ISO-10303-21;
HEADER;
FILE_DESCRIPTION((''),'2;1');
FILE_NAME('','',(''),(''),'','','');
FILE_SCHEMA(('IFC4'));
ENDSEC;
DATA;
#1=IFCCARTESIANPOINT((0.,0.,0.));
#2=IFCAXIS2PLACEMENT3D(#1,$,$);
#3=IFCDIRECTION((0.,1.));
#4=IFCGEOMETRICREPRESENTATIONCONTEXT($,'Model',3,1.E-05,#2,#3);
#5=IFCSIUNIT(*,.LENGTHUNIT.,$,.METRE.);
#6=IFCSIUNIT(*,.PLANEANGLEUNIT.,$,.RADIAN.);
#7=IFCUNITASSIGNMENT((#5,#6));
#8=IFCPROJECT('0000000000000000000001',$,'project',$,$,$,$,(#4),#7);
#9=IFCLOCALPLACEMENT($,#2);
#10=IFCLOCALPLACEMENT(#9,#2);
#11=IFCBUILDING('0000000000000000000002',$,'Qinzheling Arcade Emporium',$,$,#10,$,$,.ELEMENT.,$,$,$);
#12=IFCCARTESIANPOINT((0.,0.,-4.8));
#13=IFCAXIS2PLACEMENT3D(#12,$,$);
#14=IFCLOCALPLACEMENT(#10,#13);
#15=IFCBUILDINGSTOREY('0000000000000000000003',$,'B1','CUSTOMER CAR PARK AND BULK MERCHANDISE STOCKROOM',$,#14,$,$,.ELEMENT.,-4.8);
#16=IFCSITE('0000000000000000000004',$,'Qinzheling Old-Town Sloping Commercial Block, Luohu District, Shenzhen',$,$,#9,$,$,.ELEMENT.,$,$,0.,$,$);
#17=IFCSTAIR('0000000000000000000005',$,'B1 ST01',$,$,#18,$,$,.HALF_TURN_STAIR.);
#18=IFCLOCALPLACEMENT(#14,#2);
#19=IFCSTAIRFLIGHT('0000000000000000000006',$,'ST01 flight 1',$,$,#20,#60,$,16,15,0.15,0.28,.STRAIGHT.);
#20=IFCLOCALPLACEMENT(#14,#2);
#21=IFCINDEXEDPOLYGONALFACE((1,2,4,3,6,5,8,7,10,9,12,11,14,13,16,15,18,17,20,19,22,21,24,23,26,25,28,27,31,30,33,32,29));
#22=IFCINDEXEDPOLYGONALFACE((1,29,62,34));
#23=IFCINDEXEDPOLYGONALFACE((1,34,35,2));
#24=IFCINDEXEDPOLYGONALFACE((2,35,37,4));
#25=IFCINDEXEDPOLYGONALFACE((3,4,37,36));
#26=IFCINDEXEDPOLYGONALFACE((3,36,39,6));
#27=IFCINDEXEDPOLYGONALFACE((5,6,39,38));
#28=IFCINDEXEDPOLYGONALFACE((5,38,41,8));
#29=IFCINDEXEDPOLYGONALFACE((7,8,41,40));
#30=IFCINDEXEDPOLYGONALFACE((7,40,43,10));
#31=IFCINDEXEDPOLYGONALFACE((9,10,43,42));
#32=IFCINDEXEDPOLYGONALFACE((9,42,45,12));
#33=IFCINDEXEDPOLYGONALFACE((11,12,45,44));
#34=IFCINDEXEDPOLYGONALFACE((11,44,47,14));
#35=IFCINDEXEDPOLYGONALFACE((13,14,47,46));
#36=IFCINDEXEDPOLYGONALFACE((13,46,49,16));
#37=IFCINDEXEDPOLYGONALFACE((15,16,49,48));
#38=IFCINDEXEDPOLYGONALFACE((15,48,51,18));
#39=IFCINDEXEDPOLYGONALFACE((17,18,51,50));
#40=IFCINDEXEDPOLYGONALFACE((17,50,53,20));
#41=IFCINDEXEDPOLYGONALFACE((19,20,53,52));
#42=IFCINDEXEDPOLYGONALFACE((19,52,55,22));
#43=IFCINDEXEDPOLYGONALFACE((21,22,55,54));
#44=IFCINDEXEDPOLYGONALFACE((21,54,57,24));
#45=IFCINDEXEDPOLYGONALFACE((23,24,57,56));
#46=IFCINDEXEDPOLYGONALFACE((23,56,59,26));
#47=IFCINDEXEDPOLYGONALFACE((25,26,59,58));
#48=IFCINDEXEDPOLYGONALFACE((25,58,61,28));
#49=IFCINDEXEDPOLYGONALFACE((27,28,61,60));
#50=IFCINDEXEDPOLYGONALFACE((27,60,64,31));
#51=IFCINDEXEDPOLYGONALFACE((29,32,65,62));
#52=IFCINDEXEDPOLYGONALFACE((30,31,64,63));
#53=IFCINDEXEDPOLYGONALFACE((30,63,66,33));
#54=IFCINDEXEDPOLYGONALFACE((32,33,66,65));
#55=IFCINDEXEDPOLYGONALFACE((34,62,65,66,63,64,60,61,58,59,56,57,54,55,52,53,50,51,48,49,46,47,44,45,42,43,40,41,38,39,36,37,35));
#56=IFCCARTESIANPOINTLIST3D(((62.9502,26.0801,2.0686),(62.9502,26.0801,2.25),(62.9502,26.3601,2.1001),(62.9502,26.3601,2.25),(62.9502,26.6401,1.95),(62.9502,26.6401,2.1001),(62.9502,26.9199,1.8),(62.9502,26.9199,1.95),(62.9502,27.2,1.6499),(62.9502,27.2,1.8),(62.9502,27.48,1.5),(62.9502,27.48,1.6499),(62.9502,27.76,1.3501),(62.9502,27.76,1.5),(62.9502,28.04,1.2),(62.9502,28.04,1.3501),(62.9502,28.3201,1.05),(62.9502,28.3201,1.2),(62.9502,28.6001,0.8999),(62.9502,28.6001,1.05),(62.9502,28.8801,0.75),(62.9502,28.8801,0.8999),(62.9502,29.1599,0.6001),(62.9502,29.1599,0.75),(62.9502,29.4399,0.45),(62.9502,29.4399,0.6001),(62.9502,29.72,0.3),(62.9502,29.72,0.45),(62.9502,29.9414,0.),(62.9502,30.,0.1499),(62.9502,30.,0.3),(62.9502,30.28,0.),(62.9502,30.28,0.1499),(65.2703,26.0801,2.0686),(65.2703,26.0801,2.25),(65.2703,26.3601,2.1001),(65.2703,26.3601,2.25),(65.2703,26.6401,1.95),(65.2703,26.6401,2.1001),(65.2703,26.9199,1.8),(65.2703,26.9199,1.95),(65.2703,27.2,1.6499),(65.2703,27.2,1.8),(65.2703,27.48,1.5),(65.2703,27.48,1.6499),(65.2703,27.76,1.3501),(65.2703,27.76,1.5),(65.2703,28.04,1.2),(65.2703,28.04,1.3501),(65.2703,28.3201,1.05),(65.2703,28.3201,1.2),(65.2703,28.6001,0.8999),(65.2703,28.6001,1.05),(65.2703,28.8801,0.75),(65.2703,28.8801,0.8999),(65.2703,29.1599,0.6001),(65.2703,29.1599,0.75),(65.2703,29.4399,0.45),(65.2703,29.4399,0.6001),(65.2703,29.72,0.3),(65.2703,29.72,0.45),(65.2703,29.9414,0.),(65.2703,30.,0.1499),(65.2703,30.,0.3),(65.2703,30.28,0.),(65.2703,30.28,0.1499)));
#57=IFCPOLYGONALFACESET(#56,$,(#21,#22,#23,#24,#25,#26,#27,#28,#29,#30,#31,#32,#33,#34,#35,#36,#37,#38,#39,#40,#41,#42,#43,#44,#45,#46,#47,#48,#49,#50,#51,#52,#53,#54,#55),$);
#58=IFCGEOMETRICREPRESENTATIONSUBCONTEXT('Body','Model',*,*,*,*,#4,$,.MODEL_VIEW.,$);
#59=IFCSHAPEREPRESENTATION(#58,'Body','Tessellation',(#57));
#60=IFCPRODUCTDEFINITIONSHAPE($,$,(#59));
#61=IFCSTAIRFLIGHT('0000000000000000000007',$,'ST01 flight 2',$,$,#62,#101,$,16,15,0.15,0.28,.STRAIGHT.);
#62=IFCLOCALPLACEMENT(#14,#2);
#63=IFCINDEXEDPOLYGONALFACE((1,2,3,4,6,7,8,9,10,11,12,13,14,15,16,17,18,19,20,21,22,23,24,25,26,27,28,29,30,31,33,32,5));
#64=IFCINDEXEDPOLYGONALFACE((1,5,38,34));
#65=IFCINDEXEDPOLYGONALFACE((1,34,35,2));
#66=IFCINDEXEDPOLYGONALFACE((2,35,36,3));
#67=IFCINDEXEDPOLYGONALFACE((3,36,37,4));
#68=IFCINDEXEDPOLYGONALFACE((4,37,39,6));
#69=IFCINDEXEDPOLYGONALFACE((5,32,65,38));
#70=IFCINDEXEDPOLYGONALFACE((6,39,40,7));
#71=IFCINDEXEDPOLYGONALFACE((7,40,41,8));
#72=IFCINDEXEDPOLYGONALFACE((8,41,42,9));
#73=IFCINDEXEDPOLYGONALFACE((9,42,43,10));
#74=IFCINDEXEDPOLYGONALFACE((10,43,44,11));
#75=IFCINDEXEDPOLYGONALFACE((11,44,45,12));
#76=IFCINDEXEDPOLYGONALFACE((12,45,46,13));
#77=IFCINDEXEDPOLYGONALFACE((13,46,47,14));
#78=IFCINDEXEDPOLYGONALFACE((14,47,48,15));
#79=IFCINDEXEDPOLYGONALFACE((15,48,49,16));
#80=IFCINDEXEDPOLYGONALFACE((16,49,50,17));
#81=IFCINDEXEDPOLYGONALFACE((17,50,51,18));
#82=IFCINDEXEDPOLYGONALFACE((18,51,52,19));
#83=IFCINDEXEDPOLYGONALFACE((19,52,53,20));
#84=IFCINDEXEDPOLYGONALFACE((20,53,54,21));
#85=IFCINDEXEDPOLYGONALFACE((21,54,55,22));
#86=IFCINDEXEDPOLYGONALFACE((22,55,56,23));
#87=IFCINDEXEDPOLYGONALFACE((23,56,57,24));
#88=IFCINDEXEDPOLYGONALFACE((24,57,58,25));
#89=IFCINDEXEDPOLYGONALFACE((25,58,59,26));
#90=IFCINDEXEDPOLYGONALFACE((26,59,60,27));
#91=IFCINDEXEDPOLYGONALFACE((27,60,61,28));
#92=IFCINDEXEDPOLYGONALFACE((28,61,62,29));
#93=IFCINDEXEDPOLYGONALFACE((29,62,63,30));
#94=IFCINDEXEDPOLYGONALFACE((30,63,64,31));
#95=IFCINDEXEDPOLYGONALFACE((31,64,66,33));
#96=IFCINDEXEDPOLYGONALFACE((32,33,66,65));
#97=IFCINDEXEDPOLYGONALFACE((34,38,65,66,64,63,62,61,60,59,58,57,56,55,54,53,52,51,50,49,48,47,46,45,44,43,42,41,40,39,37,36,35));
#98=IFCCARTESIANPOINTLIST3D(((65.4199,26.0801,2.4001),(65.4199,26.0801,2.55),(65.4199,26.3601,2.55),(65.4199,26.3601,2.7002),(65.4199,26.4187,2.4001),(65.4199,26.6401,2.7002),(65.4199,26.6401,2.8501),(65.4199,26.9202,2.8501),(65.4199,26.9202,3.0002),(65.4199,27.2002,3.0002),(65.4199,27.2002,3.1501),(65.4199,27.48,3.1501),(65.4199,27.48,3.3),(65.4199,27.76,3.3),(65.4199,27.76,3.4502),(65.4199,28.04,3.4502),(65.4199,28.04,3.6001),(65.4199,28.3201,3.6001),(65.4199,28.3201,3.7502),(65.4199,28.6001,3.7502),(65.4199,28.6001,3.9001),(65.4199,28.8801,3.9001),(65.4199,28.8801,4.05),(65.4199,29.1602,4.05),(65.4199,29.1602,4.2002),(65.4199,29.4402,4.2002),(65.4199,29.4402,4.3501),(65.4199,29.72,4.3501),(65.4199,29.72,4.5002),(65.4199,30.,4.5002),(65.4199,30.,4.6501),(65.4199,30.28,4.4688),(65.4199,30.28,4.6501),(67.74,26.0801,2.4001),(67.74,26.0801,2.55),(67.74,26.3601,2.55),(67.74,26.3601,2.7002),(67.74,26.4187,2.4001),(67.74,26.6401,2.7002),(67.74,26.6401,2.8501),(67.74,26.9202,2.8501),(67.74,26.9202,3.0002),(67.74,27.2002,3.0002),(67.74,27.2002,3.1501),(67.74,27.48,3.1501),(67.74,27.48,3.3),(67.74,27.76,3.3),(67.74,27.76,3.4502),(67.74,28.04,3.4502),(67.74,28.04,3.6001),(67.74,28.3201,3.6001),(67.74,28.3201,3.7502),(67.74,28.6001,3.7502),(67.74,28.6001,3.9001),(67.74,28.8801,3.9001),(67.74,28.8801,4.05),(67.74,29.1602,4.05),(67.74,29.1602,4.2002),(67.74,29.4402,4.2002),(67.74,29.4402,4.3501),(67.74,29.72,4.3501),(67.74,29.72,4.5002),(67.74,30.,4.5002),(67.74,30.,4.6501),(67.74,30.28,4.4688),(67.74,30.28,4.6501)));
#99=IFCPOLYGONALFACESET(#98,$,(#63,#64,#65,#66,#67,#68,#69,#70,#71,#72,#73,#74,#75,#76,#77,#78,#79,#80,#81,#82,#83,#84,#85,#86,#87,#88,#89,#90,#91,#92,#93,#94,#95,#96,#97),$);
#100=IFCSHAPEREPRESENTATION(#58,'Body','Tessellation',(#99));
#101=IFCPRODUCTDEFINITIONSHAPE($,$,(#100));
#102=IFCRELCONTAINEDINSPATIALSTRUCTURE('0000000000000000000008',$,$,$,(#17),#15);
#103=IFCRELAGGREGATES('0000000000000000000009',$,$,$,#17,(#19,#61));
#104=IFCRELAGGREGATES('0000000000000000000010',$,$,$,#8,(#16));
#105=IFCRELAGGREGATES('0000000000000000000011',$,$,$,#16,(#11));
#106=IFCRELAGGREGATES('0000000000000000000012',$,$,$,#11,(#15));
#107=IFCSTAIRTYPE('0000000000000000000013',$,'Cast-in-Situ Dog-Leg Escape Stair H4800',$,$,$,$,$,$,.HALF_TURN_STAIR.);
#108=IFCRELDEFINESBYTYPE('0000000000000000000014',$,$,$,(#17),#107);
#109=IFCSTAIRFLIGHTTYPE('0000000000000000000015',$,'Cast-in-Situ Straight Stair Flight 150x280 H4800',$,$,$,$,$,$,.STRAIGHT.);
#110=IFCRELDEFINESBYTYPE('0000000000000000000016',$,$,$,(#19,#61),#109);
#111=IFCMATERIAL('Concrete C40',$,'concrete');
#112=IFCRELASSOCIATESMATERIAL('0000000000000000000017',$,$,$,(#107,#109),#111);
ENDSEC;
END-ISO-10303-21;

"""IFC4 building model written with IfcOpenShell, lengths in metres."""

from ifc_helpers import new_model, si_unit, direction, frame, origin, place, context, subcontext, project, spatial, polyline, outline, extrude, material, type_object, element, aggregate, save


model = new_model("IFC4")

# Units and contexts
model_context = context("Model", 3, precision=1e-05, world=origin(), true_north=direction((0.0, 1.0)))
body_context = subcontext(model_context, "Body", "Model", "MODEL_VIEW")
ifc_project = project(units=[si_unit("LENGTHUNIT", "METRE"), si_unit("PLANEANGLEUNIT", "RADIAN")], contexts=[model_context])

# Site, building, storey
site_placement = place(None, origin())
site = spatial("IfcSite", under=ifc_project, at=site_placement, Name="Qinzheling Old-Town Sloping Commercial Block, Luohu District, Shenzhen", CompositionType="ELEMENT", RefElevation=0.0)
building_placement = place(site_placement, origin())
building = spatial("IfcBuilding", under=site, at=building_placement, Name="Qinzheling Arcade Emporium", CompositionType="ELEMENT")
storey_placement = place(building_placement, frame((0.0, 0.0, -4.8)))
storey = spatial("IfcBuildingStorey", under=building, at=storey_placement, Name="B1", Description="CUSTOMER CAR PARK AND BULK MERCHANDISE STOCKROOM", CompositionType="ELEMENT", Elevation=-4.8)

# Shared definitions
ifc_material_1 = material(Name="Concrete C40", Category="concrete")

# Stair, stair flights
stair_type = type_object("IfcStairType", Name="Cast-in-Situ Dog-Leg Escape Stair H4800", PredefinedType="HALF_TURN_STAIR", material=ifc_material_1)
stair_placement = place(storey_placement, origin())
stair = element("IfcStair", 1, at=stair_placement, inside=storey, type_object=stair_type, Name="B1 ST01", PredefinedType="HALF_TURN_STAIR")
stair_flight_type = type_object("IfcStairFlightType", Name="Cast-in-Situ Straight Stair Flight 150x280 H4800", PredefinedType="STRAIGHT", material=ifc_material_1)
stair_flight_1_placement = place(storey_placement, frame((64.1101, 30.28, 0.0), z_axis=(0.0, 0.0, 1.0), x_axis=(0.0, -1.0, 0.0)))
stair_flight_1 = element("IfcStairFlight", 2, at=stair_flight_1_placement, type_object=stair_flight_type, Name="ST01 flight 1", NumberOfRisers=16, NumberOfTreads=15, PredefinedType="STRAIGHT", RiserHeight=0.15, TreadLength=0.28, context=body_context, shape_type="SweptSolid", body=[
    extrude(outline(polyline([(0.0, 0.0), (0.0, 0.1499), (0.28, 0.1499), (0.28, 0.3), (0.5601, 0.3), (0.5601, 0.45), (0.8401, 0.45), (0.8401, 0.6001), (1.1201, 0.6001), (1.1201, 0.75), (1.3999, 0.75), (1.3999, 0.8999), (1.6799, 0.8999), (1.6799, 1.05), (1.96, 1.05), (1.96, 1.2), (2.24, 1.2), (2.24, 1.3501), (2.52, 1.3501), (2.52, 1.5), (2.8, 1.5), (2.8, 1.6499), (3.0801, 1.6499), (3.0801, 1.8), (3.3601, 1.8), (3.3601, 1.95), (3.6399, 1.95), (3.6399, 2.1001), (3.9199, 2.1001), (3.9199, 2.25), (4.2, 2.25), (4.2, 2.3999), (4.2, 2.0686), (0.3386, 0.0), (0.0, 0.0)])), frame((0.0, 1.1602, 0.0), z_axis=(0.0, -1.0, 0.0), x_axis=(1.0, 0.0, 0.0)), (0.0, 0.0, 1.0), 2.3201),
])
stair_flight_2_placement = place(storey_placement, frame((66.5801, 26.0801, 2.4001), z_axis=(0.0, 0.0, 1.0), x_axis=(0.0, 1.0, 0.0)))
stair_flight_2 = element("IfcStairFlight", 3, at=stair_flight_2_placement, type_object=stair_flight_type, Name="ST01 flight 2", NumberOfRisers=16, NumberOfTreads=15, PredefinedType="STRAIGHT", RiserHeight=0.15, TreadLength=0.28, context=body_context, shape_type="SweptSolid", body=[
    extrude(outline(polyline([(0.0, 0.0), (0.0, 0.1499), (0.28, 0.1499), (0.28, 0.3), (0.5601, 0.3), (0.5601, 0.45), (0.8401, 0.45), (0.8401, 0.6001), (1.1201, 0.6001), (1.1201, 0.75), (1.3999, 0.75), (1.3999, 0.8999), (1.6799, 0.8999), (1.6799, 1.05), (1.96, 1.05), (1.96, 1.2), (2.24, 1.2), (2.24, 1.3501), (2.52, 1.3501), (2.52, 1.5), (2.8, 1.5), (2.8, 1.6499), (3.0801, 1.6499), (3.0801, 1.8), (3.3601, 1.8), (3.3601, 1.95), (3.6399, 1.95), (3.6399, 2.1001), (3.9199, 2.1001), (3.9199, 2.25), (4.2, 2.25), (4.2, 2.3999), (4.2, 2.0686), (0.3386, 0.0), (0.0, 0.0)])), frame((0.0, 1.1602, 0.0), z_axis=(0.0, -1.0, 0.0), x_axis=(1.0, 0.0, 0.0)), (0.0, 0.0, 1.0), 2.3201),
])
aggregate(stair, [stair_flight_1, stair_flight_2])

save(model, "model.ifc")
